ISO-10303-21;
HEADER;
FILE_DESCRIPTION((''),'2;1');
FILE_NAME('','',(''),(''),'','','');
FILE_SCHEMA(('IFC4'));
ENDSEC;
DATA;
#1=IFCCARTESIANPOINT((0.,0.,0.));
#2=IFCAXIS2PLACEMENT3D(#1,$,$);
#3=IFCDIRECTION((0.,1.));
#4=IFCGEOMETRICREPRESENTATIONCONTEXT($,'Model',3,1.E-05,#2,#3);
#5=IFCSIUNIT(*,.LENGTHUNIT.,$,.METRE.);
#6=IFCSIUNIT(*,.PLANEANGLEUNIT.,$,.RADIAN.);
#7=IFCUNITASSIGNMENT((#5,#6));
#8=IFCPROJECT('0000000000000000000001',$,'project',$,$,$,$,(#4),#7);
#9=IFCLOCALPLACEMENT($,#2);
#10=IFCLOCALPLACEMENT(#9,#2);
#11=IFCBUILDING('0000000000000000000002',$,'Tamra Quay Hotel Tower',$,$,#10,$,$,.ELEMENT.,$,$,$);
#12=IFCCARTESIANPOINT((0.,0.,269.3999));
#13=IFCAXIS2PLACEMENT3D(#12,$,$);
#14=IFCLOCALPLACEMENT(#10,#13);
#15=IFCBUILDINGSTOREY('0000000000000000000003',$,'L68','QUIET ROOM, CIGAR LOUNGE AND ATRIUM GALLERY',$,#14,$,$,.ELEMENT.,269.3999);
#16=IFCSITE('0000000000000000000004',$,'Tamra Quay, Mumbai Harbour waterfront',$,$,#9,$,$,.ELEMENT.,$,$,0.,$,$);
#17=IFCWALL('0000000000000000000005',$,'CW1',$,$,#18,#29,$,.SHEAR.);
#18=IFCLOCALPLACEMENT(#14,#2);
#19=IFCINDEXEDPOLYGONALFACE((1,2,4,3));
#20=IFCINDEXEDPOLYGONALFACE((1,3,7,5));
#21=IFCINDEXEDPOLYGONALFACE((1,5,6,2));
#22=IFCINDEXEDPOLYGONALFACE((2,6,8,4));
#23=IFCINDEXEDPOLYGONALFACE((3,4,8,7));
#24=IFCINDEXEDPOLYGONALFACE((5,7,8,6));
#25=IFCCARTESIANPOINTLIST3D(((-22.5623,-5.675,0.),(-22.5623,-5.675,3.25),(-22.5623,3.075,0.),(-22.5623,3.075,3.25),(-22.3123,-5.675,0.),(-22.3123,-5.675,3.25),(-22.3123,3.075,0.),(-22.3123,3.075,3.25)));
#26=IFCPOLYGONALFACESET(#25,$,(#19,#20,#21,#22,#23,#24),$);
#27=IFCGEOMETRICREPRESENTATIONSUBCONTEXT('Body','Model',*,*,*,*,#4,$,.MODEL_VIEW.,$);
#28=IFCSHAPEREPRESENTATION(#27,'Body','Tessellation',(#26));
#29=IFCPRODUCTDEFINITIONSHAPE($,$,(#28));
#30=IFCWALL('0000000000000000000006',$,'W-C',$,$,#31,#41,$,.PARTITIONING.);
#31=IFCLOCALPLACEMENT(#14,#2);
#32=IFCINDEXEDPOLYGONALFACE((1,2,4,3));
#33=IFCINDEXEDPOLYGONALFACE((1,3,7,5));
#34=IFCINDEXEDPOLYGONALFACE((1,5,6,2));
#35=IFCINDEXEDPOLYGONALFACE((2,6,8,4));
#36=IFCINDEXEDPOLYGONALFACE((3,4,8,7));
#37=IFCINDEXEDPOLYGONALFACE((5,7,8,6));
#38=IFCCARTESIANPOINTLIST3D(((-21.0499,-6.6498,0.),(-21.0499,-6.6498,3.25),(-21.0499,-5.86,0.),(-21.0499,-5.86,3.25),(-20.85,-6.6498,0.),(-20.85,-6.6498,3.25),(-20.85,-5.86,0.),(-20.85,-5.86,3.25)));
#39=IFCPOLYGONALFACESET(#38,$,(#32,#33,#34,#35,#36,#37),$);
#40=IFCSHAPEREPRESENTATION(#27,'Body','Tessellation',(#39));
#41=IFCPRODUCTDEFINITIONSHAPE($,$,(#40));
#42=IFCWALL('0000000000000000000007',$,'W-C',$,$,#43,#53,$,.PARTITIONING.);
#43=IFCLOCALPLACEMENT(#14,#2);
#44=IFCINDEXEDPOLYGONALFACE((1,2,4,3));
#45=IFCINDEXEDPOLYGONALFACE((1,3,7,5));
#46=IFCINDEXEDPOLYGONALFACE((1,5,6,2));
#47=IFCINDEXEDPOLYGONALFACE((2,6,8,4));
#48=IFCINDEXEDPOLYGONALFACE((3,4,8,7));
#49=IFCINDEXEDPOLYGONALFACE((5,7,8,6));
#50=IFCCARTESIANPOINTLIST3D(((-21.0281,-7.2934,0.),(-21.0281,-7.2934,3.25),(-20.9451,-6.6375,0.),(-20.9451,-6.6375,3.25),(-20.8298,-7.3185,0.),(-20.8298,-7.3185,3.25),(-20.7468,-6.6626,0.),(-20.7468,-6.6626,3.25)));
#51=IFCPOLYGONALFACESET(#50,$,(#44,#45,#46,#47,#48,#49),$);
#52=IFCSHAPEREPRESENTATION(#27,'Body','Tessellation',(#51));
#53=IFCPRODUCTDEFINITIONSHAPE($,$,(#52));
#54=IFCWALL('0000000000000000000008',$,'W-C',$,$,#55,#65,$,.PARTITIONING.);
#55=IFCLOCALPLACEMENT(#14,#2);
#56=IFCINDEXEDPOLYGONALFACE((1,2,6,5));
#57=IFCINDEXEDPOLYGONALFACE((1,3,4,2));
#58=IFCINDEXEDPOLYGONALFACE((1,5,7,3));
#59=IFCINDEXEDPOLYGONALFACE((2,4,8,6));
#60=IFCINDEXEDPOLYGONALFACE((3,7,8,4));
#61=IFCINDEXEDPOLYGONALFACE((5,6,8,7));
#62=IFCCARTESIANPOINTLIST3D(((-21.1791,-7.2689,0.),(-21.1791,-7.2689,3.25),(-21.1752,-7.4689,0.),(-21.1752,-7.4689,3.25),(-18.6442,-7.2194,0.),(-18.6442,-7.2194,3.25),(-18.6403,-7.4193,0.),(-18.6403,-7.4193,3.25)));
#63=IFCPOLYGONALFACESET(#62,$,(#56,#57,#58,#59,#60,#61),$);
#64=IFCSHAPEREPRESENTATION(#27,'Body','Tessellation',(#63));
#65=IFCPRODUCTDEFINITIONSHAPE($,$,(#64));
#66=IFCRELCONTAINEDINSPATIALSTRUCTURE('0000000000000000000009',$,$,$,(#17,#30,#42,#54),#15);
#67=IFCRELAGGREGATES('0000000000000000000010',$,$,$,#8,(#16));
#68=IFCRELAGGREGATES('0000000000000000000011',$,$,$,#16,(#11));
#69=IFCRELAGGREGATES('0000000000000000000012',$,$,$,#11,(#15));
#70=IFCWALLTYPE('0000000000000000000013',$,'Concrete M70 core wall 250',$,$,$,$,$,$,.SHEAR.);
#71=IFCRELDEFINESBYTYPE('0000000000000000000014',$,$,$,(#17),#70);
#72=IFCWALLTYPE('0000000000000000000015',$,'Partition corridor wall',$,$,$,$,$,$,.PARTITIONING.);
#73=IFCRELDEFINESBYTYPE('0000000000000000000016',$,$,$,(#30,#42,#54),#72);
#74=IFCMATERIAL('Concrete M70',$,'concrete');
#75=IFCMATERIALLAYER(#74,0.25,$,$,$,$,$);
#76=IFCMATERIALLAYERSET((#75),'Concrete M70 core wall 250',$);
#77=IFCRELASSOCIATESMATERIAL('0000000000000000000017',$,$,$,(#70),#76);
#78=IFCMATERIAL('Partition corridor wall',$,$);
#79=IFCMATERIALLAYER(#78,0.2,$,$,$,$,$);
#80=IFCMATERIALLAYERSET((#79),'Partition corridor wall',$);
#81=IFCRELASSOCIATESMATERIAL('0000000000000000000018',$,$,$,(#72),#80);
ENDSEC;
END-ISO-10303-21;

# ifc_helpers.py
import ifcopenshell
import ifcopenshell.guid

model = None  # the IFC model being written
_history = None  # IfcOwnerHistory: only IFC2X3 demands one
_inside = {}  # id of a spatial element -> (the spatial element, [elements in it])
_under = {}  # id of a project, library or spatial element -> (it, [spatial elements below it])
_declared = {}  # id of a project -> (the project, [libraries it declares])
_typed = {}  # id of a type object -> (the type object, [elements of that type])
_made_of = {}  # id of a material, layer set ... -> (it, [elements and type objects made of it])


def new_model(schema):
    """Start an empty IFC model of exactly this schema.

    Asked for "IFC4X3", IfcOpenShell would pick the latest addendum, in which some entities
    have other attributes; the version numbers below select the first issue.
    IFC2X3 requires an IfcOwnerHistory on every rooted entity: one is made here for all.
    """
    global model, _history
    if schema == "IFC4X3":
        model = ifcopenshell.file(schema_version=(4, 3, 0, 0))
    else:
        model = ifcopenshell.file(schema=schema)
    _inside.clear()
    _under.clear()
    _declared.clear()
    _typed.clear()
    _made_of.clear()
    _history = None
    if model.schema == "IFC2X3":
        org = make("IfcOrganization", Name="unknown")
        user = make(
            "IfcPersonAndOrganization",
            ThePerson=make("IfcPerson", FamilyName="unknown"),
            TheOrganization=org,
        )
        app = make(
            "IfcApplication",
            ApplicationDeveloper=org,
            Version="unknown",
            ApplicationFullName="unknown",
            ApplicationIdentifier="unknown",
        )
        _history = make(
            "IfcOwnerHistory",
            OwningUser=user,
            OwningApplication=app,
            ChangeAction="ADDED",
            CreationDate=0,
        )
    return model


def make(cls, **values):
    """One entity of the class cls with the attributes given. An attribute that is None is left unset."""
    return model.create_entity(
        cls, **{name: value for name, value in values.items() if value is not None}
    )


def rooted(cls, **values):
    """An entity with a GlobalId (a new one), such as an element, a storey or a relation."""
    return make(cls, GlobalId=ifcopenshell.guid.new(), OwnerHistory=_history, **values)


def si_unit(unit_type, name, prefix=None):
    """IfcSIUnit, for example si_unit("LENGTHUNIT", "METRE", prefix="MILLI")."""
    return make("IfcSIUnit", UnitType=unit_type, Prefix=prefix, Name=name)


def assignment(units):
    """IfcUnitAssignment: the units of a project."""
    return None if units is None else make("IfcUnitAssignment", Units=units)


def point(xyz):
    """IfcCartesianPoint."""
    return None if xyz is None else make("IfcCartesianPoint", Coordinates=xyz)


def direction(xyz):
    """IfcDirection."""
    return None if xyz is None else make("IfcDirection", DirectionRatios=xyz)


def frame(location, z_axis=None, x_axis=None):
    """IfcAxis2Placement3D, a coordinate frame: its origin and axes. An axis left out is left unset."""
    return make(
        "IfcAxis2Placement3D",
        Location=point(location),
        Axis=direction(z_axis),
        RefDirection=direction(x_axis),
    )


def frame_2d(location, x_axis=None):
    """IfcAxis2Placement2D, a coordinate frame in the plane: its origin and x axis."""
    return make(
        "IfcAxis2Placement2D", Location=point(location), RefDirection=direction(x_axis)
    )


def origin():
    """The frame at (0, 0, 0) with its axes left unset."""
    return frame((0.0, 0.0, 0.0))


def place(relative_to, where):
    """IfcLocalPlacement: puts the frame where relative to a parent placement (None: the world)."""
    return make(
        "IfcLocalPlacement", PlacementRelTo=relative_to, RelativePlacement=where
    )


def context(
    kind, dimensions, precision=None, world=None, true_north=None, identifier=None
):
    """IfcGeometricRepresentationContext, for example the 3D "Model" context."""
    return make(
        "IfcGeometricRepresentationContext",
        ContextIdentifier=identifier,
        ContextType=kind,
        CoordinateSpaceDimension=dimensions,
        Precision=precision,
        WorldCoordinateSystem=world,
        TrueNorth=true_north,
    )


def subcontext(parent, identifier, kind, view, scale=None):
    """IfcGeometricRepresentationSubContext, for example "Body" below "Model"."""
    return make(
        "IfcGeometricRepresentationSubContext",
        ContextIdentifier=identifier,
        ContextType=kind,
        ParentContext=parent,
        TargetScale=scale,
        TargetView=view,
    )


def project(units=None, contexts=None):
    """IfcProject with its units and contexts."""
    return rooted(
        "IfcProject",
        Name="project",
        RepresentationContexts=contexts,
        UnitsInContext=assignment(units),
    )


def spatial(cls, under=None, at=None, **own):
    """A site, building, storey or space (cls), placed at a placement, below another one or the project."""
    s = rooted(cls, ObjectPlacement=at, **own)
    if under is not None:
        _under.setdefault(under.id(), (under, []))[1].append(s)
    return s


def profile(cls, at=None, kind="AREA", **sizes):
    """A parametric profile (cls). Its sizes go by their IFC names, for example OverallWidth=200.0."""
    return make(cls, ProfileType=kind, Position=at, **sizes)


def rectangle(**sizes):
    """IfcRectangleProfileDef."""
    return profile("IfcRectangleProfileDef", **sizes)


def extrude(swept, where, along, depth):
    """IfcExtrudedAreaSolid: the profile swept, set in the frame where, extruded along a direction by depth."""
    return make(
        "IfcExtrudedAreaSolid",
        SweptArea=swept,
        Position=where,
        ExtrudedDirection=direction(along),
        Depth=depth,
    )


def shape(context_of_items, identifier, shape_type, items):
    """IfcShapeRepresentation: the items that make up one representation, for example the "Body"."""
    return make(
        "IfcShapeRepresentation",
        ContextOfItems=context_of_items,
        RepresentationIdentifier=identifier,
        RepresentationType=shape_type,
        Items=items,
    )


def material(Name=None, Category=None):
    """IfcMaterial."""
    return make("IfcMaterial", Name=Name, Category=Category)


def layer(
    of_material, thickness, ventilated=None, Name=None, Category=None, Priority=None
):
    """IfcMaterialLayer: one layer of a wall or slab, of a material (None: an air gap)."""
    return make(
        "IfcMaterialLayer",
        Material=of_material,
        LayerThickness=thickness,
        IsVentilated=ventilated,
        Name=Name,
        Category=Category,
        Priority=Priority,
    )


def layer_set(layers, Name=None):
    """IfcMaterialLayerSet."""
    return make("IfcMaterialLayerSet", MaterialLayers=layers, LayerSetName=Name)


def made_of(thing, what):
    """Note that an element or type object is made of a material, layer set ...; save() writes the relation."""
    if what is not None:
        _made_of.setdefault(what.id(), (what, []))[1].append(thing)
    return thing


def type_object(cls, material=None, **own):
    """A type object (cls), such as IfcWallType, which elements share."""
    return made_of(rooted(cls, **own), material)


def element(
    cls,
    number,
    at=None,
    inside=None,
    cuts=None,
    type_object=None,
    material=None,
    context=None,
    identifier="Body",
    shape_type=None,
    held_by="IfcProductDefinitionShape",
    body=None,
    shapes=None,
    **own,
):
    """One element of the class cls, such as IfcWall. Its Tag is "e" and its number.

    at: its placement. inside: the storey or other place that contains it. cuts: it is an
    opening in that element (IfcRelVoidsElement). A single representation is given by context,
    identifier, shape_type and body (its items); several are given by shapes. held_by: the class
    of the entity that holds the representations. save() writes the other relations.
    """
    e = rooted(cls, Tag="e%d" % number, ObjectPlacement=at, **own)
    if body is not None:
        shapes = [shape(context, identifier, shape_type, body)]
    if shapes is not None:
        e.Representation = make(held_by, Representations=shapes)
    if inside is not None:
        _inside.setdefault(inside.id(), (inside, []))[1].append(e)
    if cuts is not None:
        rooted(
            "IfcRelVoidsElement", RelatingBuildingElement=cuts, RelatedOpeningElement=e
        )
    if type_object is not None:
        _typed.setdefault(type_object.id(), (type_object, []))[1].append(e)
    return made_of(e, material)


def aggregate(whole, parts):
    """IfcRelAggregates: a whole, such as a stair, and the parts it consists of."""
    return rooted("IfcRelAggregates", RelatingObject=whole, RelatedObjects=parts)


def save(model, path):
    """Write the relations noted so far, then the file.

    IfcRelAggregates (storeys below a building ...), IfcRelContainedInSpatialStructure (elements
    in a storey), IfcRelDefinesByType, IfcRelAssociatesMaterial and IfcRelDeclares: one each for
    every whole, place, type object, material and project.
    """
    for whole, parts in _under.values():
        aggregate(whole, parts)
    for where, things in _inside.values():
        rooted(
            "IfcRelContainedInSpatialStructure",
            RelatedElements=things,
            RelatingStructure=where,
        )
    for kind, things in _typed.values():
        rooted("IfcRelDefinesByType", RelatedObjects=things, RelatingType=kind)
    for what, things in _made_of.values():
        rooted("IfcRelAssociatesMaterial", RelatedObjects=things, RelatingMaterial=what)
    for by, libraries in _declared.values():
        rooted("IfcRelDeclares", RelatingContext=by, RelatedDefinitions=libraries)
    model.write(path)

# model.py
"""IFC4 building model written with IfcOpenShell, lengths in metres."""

from ifc_helpers import new_model, si_unit, direction, frame, frame_2d, origin, place, context, subcontext, project, spatial, rectangle, extrude, material, layer, layer_set, type_object, element, save


model = new_model("IFC4")

# Units and contexts
model_context = context("Model", 3, precision=1e-05, world=origin(), true_north=direction((0.0, 1.0)))
body_context = subcontext(model_context, "Body", "Model", "MODEL_VIEW")
ifc_project = project(units=[si_unit("LENGTHUNIT", "METRE"), si_unit("PLANEANGLEUNIT", "RADIAN")], contexts=[model_context])

# Site, building, storey
site_placement = place(None, origin())
site = spatial("IfcSite", under=ifc_project, at=site_placement, Name="Tamra Quay, Mumbai Harbour waterfront", CompositionType="ELEMENT", RefElevation=0.0)
building_placement = place(site_placement, origin())
building = spatial("IfcBuilding", under=site, at=building_placement, Name="Tamra Quay Hotel Tower", CompositionType="ELEMENT")
storey_placement = place(building_placement, frame((0.0, 0.0, 269.3999)))
storey = spatial("IfcBuildingStorey", under=building, at=storey_placement, Name="L68", Description="QUIET ROOM, CIGAR LOUNGE AND ATRIUM GALLERY", CompositionType="ELEMENT", Elevation=269.3999)

# Shared definitions
ifc_material_1 = material(Name="Concrete M70", Category="concrete")

# Walls
ifc_layer_1 = layer(ifc_material_1, 0.25)
ifc_layer_set_1 = layer_set([ifc_layer_1], Name="Concrete M70 core wall 250")
wall_type_1 = type_object("IfcWallType", Name="Concrete M70 core wall 250", PredefinedType="SHEAR", material=ifc_layer_set_1)
wall_1_placement = place(storey_placement, frame((-22.4373, -5.675, 0.0), z_axis=(0.0, 0.0, 1.0), x_axis=(0.0, 1.0, 0.0)))
element("IfcWall", 1, at=wall_1_placement, inside=storey, type_object=wall_type_1, Name="CW1", PredefinedType="SHEAR", context=body_context, shape_type="SweptSolid", body=[
    extrude(rectangle(XDim=8.75, YDim=0.25, at=frame_2d((4.375, 0.0))), origin(), (0.0, 0.0, 1.0), 3.25),
])
ifc_material_2 = material(Name="Partition corridor wall")
ifc_layer_2 = layer(ifc_material_2, 0.2)
ifc_layer_set_2 = layer_set([ifc_layer_2], Name="Partition corridor wall")
wall_type_2 = type_object("IfcWallType", Name="Partition corridor wall", PredefinedType="PARTITIONING", material=ifc_layer_set_2)
wall_2_placement = place(storey_placement, frame((-20.95, -6.6499, 0.0), z_axis=(0.0, 0.0, 1.0), x_axis=(0.0, 1.0, 0.0)))
element("IfcWall", 2, at=wall_2_placement, inside=storey, type_object=wall_type_2, Name="W-C", PredefinedType="PARTITIONING", context=body_context, shape_type="SweptSolid", body=[
    extrude(rectangle(XDim=0.7898, YDim=0.2, at=frame_2d((0.395, 0.0))), origin(), (0.0, 0.0, 1.0), 3.25),
])
wall_3_placement = place(storey_placement, frame((-20.929, -7.3059, 0.0), z_axis=(0.0, 0.0, 1.0), x_axis=(0.125534, 0.992089, 0.0)))
element("IfcWall", 3, at=wall_3_placement, inside=storey, type_object=wall_type_2, Name="W-C", PredefinedType="PARTITIONING", context=body_context, shape_type="SweptSolid", body=[
    extrude(rectangle(XDim=0.6611, YDim=0.2, at=frame_2d((0.3306, 0.0))), origin(), (0.0, 0.0, 1.0), 3.25),
])
wall_4_placement = place(storey_placement, frame((-21.177, -7.3689, 0.0), z_axis=(0.0, 0.0, 1.0), x_axis=(0.999809, 0.019547, 0.0)))
element("IfcWall", 4, at=wall_4_placement, inside=storey, type_object=wall_type_2, Name="W-C", PredefinedType="PARTITIONING", context=body_context, shape_type="SweptSolid", body=[
    extrude(rectangle(XDim=2.5354, YDim=0.2, at=frame_2d((1.2676, 0.0))), origin(), (0.0, 0.0, 1.0), 3.25),
])

save(model, "model.ifc")
